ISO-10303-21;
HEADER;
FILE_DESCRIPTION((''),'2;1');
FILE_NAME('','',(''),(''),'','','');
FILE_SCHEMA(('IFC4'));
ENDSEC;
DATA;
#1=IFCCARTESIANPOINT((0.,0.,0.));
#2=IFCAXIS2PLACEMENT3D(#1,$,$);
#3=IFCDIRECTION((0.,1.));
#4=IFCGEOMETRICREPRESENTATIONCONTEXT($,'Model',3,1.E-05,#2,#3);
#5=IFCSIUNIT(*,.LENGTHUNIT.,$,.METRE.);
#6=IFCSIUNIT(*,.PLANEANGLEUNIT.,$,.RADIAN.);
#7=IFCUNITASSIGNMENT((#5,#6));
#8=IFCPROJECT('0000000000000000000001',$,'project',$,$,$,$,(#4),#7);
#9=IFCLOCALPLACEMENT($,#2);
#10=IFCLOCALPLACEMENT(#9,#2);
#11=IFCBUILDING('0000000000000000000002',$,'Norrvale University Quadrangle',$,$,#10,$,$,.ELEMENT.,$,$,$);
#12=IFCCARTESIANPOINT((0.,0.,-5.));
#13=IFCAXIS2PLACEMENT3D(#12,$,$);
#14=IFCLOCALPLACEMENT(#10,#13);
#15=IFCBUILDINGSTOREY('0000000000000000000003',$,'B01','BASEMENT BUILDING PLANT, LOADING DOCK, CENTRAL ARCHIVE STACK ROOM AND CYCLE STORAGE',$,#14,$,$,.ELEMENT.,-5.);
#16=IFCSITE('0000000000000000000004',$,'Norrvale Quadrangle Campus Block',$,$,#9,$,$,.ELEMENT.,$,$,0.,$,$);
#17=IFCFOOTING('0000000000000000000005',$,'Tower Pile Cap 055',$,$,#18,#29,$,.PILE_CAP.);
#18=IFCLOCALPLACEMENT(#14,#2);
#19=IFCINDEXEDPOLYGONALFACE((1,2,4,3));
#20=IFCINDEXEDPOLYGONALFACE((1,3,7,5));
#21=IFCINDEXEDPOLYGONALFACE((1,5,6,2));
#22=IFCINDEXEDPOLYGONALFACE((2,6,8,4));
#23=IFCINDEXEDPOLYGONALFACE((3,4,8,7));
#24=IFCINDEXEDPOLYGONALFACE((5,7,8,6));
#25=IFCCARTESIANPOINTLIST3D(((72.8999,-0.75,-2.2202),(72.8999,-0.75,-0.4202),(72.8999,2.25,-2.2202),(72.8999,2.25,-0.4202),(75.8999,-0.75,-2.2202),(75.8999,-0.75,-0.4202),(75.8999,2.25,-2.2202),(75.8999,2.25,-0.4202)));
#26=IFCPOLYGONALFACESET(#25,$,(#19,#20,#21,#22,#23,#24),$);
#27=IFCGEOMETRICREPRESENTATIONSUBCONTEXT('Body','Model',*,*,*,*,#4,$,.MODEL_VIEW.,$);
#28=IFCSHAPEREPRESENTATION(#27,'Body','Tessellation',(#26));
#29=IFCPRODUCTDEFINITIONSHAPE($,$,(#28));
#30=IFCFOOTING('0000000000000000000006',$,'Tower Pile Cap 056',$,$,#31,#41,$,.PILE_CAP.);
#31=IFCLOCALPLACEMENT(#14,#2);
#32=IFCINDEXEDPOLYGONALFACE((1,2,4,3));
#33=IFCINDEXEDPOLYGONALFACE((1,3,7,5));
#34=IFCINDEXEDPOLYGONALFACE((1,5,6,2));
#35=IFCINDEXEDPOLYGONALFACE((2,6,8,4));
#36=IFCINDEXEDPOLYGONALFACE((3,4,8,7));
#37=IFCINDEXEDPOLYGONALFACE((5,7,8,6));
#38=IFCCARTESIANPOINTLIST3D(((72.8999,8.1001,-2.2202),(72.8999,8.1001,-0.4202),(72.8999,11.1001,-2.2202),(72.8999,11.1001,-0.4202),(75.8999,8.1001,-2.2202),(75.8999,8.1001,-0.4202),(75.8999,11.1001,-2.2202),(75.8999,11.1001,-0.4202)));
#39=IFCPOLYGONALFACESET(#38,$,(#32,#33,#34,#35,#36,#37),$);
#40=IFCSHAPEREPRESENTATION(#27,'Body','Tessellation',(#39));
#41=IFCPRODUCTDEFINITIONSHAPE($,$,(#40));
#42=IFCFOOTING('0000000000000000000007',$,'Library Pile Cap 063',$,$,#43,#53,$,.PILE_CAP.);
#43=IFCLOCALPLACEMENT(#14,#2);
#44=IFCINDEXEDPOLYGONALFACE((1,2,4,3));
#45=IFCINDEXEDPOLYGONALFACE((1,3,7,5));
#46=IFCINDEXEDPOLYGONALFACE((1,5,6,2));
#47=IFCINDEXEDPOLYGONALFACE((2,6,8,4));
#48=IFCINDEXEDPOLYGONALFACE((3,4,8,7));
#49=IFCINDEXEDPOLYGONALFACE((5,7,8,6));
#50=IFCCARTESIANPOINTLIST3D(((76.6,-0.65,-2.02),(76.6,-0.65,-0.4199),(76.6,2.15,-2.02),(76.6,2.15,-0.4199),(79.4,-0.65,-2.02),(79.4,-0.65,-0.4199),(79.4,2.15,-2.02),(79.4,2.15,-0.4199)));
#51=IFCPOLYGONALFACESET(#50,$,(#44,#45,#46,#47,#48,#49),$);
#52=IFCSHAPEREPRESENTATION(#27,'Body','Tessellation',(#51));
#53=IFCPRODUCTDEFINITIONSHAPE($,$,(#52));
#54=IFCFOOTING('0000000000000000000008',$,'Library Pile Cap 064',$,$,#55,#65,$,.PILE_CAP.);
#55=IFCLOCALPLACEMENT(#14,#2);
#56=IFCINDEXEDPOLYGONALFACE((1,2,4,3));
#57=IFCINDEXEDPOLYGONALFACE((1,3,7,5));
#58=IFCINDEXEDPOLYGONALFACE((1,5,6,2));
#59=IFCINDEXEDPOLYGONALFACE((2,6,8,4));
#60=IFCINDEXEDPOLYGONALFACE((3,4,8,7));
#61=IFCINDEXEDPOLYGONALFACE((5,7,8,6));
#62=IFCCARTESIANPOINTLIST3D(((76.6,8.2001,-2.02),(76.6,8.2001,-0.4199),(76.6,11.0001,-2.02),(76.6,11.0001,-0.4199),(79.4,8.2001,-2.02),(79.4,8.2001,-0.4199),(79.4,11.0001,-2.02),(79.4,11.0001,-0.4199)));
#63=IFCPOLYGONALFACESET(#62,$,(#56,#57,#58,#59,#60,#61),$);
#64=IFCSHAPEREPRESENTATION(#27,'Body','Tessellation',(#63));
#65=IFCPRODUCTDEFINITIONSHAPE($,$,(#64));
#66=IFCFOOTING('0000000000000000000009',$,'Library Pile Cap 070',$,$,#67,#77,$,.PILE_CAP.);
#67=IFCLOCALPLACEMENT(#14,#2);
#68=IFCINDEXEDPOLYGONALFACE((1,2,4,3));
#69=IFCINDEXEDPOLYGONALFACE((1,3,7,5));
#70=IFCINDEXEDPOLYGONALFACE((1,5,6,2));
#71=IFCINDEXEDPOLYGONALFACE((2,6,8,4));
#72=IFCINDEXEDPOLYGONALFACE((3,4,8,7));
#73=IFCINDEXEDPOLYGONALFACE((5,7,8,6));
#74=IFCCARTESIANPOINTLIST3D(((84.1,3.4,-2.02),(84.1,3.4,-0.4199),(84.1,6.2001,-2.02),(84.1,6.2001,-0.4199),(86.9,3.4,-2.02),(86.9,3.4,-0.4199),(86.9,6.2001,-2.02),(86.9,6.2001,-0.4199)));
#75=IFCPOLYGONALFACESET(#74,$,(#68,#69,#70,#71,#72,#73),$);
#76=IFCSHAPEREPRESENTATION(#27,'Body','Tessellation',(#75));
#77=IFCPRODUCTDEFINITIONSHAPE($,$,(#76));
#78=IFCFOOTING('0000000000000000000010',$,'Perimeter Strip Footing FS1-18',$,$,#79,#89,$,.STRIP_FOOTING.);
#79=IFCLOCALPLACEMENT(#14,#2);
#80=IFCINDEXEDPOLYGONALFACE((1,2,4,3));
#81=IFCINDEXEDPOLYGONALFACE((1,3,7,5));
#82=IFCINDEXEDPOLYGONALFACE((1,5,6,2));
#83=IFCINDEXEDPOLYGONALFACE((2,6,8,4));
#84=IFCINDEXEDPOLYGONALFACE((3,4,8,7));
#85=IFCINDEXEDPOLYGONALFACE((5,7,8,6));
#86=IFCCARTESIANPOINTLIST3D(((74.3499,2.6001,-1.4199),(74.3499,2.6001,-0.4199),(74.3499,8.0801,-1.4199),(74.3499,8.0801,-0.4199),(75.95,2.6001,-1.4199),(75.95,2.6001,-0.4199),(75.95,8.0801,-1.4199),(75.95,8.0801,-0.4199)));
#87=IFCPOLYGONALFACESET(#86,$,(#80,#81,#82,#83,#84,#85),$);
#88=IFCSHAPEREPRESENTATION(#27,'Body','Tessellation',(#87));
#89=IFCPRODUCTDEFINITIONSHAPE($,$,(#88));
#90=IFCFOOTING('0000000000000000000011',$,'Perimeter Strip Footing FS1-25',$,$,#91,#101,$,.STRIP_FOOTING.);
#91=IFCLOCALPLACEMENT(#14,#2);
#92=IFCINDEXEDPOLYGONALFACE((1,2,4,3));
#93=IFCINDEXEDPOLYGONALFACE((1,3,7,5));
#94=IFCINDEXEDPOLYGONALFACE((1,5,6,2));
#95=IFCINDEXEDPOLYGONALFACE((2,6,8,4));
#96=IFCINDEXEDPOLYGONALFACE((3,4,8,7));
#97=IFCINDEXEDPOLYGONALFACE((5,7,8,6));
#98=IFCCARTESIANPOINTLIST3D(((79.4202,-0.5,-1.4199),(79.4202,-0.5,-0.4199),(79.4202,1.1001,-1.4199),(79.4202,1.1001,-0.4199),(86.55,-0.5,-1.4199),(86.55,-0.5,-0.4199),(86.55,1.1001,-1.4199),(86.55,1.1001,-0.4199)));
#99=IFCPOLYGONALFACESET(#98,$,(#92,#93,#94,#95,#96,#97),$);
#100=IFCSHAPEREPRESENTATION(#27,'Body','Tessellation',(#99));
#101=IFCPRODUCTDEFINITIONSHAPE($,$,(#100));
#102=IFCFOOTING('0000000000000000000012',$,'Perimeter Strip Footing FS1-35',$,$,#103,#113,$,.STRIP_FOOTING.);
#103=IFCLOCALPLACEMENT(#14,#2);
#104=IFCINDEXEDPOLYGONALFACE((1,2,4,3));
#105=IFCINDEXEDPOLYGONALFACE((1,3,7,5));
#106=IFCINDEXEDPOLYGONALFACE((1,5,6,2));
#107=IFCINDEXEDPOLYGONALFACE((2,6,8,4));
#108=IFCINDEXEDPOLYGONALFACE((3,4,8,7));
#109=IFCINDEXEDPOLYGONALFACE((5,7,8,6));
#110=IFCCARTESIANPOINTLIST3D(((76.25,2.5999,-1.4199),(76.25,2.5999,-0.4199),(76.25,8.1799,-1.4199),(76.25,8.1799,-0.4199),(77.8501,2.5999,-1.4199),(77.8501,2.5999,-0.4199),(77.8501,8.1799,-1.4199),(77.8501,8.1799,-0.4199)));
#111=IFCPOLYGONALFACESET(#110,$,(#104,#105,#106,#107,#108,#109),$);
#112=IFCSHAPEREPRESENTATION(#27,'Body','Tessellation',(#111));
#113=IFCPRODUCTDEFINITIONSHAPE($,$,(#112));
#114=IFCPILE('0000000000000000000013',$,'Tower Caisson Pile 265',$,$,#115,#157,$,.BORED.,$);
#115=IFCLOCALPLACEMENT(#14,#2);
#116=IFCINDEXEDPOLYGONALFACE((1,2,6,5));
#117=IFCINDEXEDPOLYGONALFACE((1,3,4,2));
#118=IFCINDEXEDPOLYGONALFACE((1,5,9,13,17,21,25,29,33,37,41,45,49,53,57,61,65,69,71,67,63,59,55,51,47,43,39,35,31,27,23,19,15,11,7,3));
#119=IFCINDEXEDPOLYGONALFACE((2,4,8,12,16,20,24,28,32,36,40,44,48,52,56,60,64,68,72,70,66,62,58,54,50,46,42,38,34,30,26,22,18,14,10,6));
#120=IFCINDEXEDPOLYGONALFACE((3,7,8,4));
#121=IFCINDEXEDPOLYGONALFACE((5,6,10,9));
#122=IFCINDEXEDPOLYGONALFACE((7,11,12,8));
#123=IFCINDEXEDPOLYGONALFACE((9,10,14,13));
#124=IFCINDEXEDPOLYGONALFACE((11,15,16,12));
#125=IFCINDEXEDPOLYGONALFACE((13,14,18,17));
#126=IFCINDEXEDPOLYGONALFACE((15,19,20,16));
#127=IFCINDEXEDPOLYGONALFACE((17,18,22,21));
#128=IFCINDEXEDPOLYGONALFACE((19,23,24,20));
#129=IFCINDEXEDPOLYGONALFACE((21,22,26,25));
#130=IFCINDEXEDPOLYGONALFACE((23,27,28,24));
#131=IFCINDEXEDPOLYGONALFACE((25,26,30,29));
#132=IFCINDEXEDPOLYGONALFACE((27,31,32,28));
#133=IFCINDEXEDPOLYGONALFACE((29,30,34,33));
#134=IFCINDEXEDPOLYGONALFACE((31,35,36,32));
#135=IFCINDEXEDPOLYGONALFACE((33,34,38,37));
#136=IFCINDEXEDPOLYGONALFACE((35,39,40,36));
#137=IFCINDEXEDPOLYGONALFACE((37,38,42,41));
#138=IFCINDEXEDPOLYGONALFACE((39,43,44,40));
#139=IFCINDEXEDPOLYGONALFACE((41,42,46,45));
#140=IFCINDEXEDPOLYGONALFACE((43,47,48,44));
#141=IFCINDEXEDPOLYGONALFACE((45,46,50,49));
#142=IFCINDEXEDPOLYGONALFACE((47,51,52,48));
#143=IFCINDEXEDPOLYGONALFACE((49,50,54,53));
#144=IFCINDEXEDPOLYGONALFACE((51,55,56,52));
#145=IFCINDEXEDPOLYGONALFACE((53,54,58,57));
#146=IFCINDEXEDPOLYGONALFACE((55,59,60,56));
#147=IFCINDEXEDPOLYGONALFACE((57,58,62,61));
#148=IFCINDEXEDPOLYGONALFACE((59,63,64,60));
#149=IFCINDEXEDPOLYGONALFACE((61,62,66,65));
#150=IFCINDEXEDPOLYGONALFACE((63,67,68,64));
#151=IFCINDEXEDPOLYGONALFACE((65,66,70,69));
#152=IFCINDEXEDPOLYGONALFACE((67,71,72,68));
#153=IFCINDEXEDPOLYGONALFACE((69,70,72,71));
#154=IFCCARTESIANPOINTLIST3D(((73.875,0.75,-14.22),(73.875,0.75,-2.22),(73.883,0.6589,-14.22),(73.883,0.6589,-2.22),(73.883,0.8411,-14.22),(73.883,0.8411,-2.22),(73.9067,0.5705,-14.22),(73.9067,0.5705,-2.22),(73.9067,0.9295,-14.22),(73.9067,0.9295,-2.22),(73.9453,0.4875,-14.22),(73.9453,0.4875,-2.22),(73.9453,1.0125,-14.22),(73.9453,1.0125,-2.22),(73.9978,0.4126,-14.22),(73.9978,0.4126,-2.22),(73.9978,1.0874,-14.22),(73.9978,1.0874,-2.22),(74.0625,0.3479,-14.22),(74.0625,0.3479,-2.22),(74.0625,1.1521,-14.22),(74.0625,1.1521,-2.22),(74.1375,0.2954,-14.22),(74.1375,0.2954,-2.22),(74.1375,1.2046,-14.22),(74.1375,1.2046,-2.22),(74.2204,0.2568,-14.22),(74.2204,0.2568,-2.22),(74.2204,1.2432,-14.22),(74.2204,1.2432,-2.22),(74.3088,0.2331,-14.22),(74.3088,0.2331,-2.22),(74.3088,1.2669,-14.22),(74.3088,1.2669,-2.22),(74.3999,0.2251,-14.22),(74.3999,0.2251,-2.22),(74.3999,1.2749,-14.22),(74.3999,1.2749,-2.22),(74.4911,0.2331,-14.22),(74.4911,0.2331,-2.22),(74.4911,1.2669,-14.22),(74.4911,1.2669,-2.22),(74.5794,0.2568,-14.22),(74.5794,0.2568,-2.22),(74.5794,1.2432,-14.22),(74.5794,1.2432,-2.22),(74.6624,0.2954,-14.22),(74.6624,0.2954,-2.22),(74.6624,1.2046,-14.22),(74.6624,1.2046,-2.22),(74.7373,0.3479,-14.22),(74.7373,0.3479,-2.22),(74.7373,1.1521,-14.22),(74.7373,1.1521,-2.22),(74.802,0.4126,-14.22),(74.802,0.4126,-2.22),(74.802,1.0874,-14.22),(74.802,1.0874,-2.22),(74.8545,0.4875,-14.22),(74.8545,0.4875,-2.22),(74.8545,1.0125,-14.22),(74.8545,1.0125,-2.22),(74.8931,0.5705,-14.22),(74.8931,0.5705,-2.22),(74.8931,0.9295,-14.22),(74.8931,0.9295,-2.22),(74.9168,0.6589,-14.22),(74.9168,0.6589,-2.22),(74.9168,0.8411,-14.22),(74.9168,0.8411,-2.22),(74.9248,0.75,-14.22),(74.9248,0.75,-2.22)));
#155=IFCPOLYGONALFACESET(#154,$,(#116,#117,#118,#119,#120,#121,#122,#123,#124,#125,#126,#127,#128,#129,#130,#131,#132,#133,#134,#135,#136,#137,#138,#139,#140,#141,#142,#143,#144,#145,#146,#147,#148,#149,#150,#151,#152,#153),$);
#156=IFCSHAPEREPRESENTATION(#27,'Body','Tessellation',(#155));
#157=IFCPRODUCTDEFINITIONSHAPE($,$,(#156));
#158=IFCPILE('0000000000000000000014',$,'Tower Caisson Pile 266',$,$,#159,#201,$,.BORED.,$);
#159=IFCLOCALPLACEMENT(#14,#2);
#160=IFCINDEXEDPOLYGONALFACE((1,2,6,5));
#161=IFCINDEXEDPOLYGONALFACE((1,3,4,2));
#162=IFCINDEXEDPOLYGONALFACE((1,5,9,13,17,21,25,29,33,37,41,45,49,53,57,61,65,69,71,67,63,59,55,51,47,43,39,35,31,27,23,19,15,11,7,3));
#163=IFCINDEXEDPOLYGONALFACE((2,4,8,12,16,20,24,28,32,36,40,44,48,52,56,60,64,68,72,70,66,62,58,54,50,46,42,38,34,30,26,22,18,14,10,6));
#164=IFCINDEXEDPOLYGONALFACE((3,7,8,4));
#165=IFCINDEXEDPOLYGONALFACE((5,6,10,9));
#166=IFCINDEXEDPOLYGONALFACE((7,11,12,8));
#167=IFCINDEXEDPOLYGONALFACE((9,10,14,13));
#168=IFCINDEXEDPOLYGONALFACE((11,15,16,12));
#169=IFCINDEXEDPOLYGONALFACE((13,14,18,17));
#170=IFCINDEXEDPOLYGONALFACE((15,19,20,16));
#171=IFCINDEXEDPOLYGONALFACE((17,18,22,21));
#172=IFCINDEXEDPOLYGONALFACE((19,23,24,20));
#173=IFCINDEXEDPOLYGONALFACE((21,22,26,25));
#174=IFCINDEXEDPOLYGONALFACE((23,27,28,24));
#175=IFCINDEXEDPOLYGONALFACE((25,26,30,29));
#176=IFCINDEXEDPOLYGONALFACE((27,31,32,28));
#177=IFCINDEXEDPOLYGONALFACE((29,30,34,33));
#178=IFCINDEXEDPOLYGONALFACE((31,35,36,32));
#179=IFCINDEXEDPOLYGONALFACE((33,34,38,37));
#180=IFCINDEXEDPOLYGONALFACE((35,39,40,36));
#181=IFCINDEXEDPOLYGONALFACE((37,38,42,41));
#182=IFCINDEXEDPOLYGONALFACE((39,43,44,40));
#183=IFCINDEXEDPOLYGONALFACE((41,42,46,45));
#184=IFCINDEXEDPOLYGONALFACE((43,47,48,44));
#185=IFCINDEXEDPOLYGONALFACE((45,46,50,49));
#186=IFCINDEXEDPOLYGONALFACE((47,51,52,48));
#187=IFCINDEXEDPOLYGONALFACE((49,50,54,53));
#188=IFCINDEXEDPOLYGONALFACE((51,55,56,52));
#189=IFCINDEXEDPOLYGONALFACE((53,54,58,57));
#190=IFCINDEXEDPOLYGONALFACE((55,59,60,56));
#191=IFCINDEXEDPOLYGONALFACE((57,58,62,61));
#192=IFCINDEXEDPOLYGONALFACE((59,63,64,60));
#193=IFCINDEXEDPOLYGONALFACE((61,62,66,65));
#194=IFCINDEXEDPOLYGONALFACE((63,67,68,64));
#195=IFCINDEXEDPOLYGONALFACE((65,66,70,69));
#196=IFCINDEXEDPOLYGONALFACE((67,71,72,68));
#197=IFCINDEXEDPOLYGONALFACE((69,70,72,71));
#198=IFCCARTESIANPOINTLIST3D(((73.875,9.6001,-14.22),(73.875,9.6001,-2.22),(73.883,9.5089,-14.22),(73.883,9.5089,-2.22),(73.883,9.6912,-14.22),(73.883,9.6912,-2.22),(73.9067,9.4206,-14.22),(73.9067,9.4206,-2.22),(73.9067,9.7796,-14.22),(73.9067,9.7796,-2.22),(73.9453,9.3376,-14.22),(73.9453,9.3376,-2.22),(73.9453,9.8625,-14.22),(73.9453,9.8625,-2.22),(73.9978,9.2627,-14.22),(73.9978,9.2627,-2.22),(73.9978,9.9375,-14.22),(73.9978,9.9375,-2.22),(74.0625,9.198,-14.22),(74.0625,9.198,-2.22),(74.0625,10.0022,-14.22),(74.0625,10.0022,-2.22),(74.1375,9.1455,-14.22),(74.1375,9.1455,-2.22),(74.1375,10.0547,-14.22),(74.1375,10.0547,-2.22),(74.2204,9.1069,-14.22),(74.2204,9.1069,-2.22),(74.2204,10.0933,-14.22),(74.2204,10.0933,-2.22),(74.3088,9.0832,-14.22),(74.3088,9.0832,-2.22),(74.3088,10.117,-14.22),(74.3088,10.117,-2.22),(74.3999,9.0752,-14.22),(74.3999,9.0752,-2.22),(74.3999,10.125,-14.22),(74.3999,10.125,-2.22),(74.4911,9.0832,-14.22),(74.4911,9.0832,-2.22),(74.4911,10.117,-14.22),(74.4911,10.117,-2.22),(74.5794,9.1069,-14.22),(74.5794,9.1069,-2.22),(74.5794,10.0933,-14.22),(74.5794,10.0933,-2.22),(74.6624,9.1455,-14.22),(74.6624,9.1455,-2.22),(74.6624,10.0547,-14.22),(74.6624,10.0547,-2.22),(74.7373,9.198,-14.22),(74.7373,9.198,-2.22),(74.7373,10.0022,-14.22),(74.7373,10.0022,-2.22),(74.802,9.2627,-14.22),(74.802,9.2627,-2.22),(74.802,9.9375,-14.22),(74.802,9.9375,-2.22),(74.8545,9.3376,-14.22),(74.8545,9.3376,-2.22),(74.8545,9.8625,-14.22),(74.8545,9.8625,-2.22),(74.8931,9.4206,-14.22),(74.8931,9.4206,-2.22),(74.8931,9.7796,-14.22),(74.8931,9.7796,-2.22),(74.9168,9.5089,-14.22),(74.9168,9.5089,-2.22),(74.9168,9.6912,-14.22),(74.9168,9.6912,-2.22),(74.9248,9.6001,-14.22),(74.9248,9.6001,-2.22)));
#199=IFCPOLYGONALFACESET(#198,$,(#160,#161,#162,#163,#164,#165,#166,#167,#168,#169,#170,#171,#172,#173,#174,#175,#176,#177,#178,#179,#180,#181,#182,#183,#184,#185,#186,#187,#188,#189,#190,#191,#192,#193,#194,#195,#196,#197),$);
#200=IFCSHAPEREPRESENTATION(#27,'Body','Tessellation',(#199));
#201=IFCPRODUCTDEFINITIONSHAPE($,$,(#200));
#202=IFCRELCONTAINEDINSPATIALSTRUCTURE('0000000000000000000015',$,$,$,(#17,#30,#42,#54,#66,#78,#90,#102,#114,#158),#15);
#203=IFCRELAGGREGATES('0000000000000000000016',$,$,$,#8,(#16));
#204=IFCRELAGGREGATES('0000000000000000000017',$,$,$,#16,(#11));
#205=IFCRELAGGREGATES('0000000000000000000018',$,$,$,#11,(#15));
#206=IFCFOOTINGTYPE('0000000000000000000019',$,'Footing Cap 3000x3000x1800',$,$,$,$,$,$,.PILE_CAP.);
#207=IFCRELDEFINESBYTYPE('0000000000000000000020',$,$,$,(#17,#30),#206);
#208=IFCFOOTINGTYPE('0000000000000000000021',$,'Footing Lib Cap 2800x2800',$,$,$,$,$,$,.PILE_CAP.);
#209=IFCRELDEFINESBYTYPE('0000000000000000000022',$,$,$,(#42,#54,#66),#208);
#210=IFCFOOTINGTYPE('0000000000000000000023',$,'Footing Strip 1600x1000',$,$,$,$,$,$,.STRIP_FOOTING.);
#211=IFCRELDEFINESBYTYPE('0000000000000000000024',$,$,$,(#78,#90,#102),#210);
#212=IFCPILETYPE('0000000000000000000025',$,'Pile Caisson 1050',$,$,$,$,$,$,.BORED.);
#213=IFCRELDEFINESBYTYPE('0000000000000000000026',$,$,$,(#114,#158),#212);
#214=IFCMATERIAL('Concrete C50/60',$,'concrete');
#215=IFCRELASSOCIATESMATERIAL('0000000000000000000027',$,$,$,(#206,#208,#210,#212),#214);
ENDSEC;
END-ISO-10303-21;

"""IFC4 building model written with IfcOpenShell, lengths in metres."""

from ifc_helpers import new_model, si_unit, direction, frame, origin, origin_2d, place, context, subcontext, project, spatial, rectangle, circle, extrude, material, material_profile, profile_set, type_object, element, save


model = new_model("IFC4")

# Units and contexts
model_context = context("Model", 3, precision=1e-05, world=origin(), true_north=direction((0.0, 1.0)))
body_context = subcontext(model_context, "Body", "Model", "MODEL_VIEW")
ifc_project = project(units=[si_unit("LENGTHUNIT", "METRE"), si_unit("PLANEANGLEUNIT", "RADIAN")], contexts=[model_context])

# Site, building, storey
site_placement = place(None, origin())
site = spatial("IfcSite", under=ifc_project, at=site_placement, Name="Norrvale Quadrangle Campus Block", CompositionType="ELEMENT", RefElevation=0.0)
building_placement = place(site_placement, origin())
building = spatial("IfcBuilding", under=site, at=building_placement, Name="Norrvale University Quadrangle", CompositionType="ELEMENT")
storey_placement = place(building_placement, frame((0.0, 0.0, -5.0)))
storey = spatial("IfcBuildingStorey", under=building, at=storey_placement, Name="B01", Description="BASEMENT BUILDING PLANT, LOADING DOCK, CENTRAL ARCHIVE STACK ROOM AND CYCLE STORAGE", CompositionType="ELEMENT", Elevation=-5.0)

# Footings
ifc_material_1 = material(Name="Concrete C50/60", Category="concrete")
footing_type_1 = type_object("IfcFootingType", Name="Footing Cap 3000x3000x1800", PredefinedType="PILE_CAP", material=ifc_material_1)
for number, where, z_axis, x_axis, name in (
    (1, (74.3999, 0.75, -2.2202), (0.0, 0.0, 1.0), (1.0, 0.0, 0.0), "Tower Pile Cap 055"),
    (2, (74.3999, 9.6001, -2.2202), (0.0, 0.0, 1.0), (1.0, 0.0, 0.0), "Tower Pile Cap 056"),
):
    element("IfcFooting", number, at=place(storey_placement, frame(where, z_axis=z_axis, x_axis=x_axis)), inside=storey, type_object=footing_type_1, Name=name, PredefinedType="PILE_CAP", context=body_context, shape_type="SweptSolid", body=[
        extrude(rectangle(XDim=3.0, YDim=3.0, at=origin_2d()), origin(), (0.0, 0.0, 1.0), 1.8),
    ])
footing_type_2 = type_object("IfcFootingType", Name="Footing Lib Cap 2800x2800", PredefinedType="PILE_CAP", material=ifc_material_1)
for number, where, z_axis, x_axis, name in (
    (3, (78.0, 0.75, -2.02), (0.0, 0.0, 1.0), (1.0, 0.0, 0.0), "Library Pile Cap 063"),
    (4, (78.0, 9.6001, -2.02), (0.0, 0.0, 1.0), (1.0, 0.0, 0.0), "Library Pile Cap 064"),
    (5, (85.5, 4.8, -2.02), (0.0, 0.0, 1.0), (1.0, 0.0, 0.0), "Library Pile Cap 070"),
):
    element("IfcFooting", number, at=place(storey_placement, frame(where, z_axis=z_axis, x_axis=x_axis)), inside=storey, type_object=footing_type_2, Name=name, PredefinedType="PILE_CAP", context=body_context, shape_type="SweptSolid", body=[
        extrude(rectangle(XDim=2.8, YDim=2.8, at=origin_2d()), origin(), (0.0, 0.0, 1.0), 1.6001),
    ])
footing_type_3 = type_object("IfcFootingType", Name="Footing Strip 1600x1000", PredefinedType="STRIP_FOOTING", material=ifc_material_1)
footing_1_placement = place(storey_placement, frame((75.1499, 5.3401, -1.4199), z_axis=(0.0, 0.0, 1.0), x_axis=(0.0, 1.0, 0.0)))
element("IfcFooting", 6, at=footing_1_placement, inside=storey, type_object=footing_type_3, Name="Perimeter Strip Footing FS1-18", PredefinedType="STRIP_FOOTING", context=body_context, shape_type="SweptSolid", body=[
    extrude(rectangle(XDim=5.48, YDim=1.6001, at=origin_2d()), origin(), (0.0, 0.0, 1.0), 1.0),
])
footing_2_placement = place(storey_placement, frame((82.9851, 0.3, -1.4199), z_axis=(0.0, 0.0, 1.0), x_axis=(1.0, 0.0, 0.0)))
element("IfcFooting", 7, at=footing_2_placement, inside=storey, type_object=footing_type_3, Name="Perimeter Strip Footing FS1-25", PredefinedType="STRIP_FOOTING", context=body_context, shape_type="SweptSolid", body=[
    extrude(rectangle(XDim=7.1299, YDim=1.6001, at=origin_2d()), origin(), (0.0, 0.0, 1.0), 1.0),
])
footing_3_placement = place(storey_placement, frame((77.05, 5.3899, -1.4199), z_axis=(0.0, 0.0, 1.0), x_axis=(0.0, 1.0, 0.0)))
element("IfcFooting", 8, at=footing_3_placement, inside=storey, type_object=footing_type_3, Name="Perimeter Strip Footing FS1-35", PredefinedType="STRIP_FOOTING", context=body_context, shape_type="SweptSolid", body=[
    extrude(rectangle(XDim=5.5801, YDim=1.6001, at=origin_2d()), origin(), (0.0, 0.0, 1.0), 1.0),
])

# Piles
ifc_material_profile_1 = material_profile(ifc_material_1, circle(Radius=0.5249, at=origin_2d()), Name="Concrete C50/60")
ifc_profile_set_1 = profile_set([ifc_material_profile_1], Name="Concrete C50/60")
pile_type_1 = type_object("IfcPileType", Name="Pile Caisson 1050", PredefinedType="BORED", material=ifc_profile_set_1)
for number, where, z_axis, x_axis, name in (
    (9, (74.3999, 0.75, -2.22), (0.0, 0.0, -1.0), (1.0, 0.0, 0.0), "Tower Caisson Pile 265"),
    (10, (74.3999, 9.6001, -2.22), (0.0, 0.0, -1.0), (1.0, 0.0, 0.0), "Tower Caisson Pile 266"),
):
    element("IfcPile", number, at=place(storey_placement, frame(where, z_axis=z_axis, x_axis=x_axis)), inside=storey, type_object=pile_type_1, Name=name, PredefinedType="BORED", context=body_context, shape_type="SweptSolid", body=[
        extrude(circle(Radius=0.5249, at=origin_2d()), origin(), (0.0, 0.0, 1.0), 12.0),
    ])

save(model, "model.ifc")
